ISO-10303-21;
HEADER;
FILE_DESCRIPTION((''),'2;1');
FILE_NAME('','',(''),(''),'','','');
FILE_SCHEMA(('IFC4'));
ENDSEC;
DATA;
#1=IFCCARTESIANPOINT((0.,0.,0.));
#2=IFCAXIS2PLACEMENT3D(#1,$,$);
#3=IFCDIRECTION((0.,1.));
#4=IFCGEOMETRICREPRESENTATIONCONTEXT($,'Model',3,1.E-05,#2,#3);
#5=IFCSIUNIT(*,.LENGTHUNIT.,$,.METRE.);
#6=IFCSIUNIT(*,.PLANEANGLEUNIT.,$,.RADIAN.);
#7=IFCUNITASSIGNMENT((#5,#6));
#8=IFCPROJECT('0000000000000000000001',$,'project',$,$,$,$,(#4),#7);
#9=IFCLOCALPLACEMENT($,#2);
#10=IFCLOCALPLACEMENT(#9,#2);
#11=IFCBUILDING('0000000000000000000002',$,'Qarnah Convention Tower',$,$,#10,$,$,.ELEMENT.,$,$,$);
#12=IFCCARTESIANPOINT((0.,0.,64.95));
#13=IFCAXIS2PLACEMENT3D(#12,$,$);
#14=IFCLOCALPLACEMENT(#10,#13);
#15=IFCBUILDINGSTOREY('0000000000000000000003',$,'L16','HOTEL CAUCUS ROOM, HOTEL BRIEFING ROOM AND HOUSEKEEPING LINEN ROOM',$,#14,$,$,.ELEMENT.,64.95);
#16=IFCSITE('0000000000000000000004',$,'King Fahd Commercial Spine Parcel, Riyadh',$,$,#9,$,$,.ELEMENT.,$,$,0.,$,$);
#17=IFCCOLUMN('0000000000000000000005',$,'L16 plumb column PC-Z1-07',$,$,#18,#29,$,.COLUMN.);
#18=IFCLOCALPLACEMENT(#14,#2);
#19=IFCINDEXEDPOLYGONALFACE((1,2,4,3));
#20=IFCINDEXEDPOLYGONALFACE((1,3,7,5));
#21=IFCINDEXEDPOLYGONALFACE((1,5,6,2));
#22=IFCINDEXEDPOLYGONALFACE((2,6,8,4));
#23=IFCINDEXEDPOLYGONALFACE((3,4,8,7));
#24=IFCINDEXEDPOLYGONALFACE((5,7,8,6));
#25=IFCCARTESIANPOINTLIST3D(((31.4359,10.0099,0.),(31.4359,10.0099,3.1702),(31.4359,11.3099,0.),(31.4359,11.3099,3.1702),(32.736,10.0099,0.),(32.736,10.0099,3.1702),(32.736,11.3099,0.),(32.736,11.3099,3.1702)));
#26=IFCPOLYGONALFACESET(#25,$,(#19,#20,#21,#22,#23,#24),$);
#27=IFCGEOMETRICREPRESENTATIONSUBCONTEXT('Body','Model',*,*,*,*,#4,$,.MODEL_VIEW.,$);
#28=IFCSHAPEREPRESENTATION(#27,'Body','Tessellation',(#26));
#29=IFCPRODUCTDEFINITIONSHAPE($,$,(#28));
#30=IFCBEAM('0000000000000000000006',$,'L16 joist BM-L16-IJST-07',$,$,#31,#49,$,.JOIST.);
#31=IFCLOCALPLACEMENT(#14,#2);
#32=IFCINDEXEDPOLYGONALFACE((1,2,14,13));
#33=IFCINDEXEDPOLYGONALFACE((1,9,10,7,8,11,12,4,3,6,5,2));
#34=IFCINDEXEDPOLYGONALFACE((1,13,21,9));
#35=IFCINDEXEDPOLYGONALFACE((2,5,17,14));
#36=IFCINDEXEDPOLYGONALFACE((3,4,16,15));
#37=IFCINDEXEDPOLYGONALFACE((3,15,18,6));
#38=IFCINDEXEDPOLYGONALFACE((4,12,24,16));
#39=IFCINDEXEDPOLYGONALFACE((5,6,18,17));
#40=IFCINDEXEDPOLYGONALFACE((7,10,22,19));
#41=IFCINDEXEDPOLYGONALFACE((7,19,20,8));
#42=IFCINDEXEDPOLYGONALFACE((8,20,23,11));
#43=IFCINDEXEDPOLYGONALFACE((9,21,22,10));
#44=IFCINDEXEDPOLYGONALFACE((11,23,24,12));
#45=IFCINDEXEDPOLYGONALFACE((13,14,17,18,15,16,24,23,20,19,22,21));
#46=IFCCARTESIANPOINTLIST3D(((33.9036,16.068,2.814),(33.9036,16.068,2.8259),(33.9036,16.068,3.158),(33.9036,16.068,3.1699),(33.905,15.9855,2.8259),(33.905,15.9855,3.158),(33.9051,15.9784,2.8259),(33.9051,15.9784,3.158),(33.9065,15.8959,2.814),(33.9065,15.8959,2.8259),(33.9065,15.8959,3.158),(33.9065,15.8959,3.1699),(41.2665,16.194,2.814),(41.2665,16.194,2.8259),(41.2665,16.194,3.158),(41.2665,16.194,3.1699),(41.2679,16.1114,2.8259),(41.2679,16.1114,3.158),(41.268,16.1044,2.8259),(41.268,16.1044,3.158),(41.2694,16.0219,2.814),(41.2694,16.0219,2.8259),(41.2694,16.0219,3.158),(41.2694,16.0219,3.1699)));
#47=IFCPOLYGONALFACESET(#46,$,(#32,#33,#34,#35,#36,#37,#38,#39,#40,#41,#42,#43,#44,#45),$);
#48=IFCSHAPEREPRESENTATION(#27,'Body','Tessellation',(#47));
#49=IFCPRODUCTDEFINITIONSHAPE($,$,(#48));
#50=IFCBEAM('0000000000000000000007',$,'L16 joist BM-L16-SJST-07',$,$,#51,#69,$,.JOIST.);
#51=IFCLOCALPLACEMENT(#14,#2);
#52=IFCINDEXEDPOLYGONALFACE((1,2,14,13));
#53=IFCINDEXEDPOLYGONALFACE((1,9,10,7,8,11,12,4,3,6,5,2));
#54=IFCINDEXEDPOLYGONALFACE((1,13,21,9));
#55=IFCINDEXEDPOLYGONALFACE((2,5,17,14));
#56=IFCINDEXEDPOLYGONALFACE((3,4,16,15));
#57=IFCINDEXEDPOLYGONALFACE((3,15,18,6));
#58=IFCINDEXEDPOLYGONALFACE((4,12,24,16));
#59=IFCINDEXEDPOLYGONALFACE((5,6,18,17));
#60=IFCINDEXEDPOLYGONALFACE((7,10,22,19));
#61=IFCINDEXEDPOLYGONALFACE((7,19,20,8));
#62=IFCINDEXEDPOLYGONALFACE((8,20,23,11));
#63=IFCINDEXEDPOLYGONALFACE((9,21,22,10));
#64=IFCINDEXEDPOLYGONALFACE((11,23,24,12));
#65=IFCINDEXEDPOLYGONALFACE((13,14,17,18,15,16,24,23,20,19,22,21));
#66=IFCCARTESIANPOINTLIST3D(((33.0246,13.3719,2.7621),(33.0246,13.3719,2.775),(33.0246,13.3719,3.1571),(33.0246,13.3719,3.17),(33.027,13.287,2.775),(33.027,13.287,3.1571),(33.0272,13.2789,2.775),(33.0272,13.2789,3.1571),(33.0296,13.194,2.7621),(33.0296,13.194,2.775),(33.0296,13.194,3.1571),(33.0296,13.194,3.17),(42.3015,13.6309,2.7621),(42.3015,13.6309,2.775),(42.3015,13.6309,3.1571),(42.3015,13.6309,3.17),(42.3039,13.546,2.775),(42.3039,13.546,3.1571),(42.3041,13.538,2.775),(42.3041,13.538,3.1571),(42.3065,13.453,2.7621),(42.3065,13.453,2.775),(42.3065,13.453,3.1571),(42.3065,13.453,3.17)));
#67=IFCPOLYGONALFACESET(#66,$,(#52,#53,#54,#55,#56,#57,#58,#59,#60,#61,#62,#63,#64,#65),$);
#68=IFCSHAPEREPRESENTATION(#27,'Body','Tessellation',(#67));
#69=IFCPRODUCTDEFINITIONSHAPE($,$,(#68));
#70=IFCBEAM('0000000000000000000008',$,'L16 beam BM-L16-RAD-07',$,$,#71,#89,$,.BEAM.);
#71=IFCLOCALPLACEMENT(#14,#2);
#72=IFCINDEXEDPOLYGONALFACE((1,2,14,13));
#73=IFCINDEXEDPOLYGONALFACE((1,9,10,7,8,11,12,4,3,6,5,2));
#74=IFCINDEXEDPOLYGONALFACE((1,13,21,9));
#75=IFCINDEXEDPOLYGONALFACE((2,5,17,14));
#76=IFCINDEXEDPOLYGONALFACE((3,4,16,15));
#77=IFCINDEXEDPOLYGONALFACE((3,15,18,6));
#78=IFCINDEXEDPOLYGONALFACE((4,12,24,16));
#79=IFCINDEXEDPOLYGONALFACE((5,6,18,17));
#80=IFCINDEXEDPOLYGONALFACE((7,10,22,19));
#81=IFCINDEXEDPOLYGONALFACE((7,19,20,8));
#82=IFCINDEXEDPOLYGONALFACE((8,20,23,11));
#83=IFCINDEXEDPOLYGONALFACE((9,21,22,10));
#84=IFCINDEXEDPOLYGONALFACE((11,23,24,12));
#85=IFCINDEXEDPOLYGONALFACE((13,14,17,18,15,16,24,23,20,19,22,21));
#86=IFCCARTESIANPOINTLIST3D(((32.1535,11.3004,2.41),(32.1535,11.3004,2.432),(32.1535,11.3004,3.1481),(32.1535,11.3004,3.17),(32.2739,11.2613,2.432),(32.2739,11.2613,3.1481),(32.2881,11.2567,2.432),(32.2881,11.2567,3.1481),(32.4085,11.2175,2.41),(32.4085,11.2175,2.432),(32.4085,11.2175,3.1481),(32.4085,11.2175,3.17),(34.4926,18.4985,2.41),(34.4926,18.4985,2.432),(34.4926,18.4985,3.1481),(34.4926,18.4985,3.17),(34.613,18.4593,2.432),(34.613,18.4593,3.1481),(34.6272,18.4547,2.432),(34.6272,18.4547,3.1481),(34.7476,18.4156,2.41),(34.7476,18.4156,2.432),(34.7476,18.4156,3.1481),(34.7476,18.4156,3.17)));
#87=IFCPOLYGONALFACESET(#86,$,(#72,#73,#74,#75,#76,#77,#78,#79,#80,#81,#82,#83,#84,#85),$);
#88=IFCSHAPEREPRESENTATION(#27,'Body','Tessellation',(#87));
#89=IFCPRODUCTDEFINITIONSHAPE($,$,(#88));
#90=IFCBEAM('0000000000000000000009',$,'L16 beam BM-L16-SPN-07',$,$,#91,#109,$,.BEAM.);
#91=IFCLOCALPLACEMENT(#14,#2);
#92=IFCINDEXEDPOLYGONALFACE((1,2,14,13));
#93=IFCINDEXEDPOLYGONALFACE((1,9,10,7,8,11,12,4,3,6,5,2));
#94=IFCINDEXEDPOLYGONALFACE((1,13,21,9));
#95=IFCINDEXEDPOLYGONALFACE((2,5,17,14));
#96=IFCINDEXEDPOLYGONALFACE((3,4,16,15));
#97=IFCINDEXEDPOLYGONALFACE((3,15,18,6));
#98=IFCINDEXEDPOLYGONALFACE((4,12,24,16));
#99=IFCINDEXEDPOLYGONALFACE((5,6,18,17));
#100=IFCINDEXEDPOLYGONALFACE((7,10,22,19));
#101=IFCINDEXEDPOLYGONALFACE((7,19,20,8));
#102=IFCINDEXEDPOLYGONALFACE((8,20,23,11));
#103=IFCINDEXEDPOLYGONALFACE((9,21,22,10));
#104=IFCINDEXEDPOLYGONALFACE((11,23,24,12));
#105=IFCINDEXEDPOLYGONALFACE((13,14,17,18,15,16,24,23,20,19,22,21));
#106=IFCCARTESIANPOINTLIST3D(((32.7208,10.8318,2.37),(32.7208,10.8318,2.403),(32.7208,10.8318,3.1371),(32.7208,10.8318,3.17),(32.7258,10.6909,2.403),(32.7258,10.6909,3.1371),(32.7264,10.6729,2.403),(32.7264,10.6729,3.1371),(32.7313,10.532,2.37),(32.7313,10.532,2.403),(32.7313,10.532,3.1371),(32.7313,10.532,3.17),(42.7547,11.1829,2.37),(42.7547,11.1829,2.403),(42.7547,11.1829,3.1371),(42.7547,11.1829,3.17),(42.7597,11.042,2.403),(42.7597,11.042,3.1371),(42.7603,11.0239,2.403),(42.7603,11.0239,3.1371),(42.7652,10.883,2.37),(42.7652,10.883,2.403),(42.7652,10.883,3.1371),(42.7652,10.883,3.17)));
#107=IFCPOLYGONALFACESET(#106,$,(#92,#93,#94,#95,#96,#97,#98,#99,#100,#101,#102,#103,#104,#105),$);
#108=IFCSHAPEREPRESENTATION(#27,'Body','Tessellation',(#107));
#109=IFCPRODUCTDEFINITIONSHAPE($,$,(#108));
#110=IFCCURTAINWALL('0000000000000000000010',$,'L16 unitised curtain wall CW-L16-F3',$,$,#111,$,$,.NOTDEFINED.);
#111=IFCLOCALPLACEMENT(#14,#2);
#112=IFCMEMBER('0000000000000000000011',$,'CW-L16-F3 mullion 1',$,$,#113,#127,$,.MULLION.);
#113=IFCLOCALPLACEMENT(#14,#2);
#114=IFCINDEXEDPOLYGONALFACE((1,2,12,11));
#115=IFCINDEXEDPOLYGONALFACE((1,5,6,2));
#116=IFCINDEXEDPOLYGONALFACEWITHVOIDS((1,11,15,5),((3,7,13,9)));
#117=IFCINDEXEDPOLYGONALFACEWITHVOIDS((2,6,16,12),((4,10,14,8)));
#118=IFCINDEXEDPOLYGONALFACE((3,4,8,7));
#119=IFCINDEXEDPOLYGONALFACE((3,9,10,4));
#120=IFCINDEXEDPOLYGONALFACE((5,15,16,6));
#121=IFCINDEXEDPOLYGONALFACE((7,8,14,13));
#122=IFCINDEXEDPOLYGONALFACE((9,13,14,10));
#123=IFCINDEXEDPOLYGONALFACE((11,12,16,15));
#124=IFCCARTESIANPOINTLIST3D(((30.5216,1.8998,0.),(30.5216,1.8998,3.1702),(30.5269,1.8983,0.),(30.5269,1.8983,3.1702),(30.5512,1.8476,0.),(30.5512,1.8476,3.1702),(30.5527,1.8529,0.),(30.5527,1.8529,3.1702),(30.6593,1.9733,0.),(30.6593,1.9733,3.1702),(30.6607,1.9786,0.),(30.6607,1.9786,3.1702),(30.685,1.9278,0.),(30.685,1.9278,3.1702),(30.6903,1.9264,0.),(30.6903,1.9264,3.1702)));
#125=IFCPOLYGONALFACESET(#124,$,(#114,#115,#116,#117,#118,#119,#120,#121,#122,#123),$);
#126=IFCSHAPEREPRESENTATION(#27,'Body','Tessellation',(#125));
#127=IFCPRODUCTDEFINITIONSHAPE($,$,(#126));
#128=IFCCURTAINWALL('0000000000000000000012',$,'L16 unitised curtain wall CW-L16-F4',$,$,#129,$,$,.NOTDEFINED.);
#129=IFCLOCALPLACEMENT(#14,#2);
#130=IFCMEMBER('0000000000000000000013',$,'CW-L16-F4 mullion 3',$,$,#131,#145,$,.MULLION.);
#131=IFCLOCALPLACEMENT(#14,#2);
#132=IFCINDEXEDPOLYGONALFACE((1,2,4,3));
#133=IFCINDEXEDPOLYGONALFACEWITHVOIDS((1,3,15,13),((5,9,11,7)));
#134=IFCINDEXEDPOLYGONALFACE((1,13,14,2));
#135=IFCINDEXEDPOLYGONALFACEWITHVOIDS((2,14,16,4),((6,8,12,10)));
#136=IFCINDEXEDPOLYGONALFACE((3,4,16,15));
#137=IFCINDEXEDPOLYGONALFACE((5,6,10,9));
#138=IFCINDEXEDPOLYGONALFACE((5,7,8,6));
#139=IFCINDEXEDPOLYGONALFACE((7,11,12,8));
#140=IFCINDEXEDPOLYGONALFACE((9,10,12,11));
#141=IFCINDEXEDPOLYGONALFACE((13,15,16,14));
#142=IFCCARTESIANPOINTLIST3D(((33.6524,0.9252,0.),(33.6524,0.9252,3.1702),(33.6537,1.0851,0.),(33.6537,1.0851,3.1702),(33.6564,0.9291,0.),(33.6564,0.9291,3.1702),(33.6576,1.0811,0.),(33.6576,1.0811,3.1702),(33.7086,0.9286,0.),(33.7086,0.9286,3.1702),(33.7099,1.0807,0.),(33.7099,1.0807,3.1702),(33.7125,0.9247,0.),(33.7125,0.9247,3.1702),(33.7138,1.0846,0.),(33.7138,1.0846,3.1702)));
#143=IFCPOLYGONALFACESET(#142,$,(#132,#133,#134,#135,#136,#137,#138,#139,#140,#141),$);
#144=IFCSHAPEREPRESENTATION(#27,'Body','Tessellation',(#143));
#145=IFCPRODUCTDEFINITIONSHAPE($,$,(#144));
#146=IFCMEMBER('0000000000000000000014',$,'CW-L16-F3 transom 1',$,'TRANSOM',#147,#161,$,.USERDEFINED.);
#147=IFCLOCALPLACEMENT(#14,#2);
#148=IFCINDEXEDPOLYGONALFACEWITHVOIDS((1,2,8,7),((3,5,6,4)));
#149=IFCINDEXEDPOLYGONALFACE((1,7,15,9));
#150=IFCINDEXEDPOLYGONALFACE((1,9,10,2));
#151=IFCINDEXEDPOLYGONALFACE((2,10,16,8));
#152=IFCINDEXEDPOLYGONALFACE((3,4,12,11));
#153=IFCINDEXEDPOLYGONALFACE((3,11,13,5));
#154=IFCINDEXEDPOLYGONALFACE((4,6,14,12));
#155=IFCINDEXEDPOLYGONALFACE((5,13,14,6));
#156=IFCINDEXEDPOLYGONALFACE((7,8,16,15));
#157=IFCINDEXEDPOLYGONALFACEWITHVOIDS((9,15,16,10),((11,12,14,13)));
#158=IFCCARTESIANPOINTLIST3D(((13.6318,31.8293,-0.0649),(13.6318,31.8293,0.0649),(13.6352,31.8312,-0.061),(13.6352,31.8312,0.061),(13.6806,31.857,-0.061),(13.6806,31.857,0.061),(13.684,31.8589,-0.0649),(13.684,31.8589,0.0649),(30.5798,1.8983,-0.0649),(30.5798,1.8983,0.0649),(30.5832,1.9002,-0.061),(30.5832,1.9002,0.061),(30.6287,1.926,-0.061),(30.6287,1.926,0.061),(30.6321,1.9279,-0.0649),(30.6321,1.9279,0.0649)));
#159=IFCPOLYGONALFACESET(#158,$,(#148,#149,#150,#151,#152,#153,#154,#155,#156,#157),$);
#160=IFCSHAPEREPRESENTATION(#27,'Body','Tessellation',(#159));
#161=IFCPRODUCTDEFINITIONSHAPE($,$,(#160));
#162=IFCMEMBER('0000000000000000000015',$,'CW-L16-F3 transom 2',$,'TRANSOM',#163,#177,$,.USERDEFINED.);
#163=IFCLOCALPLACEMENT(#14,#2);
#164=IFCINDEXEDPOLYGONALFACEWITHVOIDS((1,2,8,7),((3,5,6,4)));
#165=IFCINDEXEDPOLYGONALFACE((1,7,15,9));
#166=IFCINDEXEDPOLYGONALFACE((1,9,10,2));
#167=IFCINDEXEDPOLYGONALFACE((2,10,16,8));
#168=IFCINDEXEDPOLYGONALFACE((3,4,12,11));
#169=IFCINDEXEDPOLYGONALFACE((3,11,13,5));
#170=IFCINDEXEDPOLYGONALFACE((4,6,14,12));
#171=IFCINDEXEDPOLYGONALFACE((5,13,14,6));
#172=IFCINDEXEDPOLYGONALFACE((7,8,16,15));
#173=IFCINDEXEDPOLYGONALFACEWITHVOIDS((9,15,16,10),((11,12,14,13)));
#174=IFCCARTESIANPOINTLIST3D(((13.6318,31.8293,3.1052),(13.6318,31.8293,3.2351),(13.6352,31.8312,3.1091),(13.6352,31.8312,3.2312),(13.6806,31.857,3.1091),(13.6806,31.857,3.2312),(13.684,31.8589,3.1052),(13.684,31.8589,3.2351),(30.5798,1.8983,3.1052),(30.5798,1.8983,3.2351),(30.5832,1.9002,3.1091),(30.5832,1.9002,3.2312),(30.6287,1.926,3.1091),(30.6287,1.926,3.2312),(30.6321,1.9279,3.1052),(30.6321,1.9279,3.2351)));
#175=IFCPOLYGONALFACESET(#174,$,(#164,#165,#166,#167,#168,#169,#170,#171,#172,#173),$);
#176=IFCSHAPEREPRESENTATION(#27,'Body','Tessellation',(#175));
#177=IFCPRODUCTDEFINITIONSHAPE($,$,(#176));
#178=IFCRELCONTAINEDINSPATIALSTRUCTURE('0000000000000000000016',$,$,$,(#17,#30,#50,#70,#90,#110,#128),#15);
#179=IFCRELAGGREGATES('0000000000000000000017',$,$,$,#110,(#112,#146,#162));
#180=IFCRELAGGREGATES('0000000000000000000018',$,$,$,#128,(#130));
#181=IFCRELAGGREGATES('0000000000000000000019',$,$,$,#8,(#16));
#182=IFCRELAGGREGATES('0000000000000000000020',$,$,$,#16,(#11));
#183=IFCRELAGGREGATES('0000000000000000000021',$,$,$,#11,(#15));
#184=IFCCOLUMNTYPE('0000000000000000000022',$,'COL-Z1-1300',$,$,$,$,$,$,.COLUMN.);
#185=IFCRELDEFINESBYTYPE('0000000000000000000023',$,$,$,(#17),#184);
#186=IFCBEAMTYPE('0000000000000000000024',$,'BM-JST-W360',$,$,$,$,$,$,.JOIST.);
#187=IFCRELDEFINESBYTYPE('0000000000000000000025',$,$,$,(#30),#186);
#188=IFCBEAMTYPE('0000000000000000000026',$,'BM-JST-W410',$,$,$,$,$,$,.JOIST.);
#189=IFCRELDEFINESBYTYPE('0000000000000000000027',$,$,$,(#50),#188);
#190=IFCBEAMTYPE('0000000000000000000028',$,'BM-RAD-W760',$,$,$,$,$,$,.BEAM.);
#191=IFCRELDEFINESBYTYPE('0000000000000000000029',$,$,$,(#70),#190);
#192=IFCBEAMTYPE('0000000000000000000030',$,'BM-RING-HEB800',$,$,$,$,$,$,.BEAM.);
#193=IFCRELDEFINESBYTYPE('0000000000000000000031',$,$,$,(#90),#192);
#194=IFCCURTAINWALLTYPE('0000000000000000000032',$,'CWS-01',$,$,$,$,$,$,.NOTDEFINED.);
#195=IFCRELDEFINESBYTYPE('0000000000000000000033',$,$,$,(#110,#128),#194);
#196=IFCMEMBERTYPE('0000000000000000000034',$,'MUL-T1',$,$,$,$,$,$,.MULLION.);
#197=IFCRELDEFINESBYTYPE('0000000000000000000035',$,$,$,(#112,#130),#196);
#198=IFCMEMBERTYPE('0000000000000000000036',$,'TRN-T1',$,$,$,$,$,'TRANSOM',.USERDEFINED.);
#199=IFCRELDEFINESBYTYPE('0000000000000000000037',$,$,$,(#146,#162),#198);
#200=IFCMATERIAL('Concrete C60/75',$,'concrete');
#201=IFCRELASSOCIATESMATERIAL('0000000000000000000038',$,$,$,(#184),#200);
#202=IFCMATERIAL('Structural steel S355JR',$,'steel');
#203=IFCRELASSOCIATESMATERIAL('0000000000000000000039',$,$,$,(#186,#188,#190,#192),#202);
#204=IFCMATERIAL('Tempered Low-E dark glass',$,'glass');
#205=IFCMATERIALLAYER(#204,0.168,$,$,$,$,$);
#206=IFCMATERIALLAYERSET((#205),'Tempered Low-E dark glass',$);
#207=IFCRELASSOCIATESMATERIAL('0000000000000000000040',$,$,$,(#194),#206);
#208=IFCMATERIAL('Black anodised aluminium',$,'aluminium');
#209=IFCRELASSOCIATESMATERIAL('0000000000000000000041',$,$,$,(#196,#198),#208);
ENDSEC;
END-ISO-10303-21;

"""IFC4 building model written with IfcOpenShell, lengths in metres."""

from ifc_helpers import new_model, si_unit, direction, frame, origin, origin_2d, place, context, subcontext, project, spatial, rectangle, hollow_rectangle, i_section, extrude, material, layer, layer_set, material_profile, profile_set, type_object, element, aggregate, save


model = new_model("IFC4")

# Units and contexts
model_context = context("Model", 3, precision=1e-05, world=origin(), true_north=direction((0.0, 1.0)))
body_context = subcontext(model_context, "Body", "Model", "MODEL_VIEW")
ifc_project = project(units=[si_unit("LENGTHUNIT", "METRE"), si_unit("PLANEANGLEUNIT", "RADIAN")], contexts=[model_context])

# Site, building, storey
site_placement = place(None, origin())
site = spatial("IfcSite", under=ifc_project, at=site_placement, Name="King Fahd Commercial Spine Parcel, Riyadh", CompositionType="ELEMENT", RefElevation=0.0)
building_placement = place(site_placement, origin())
building = spatial("IfcBuilding", under=site, at=building_placement, Name="Qarnah Convention Tower", CompositionType="ELEMENT")
storey_placement = place(building_placement, frame((0.0, 0.0, 64.95)))
storey = spatial("IfcBuildingStorey", under=building, at=storey_placement, Name="L16", Description="HOTEL CAUCUS ROOM, HOTEL BRIEFING ROOM AND HOUSEKEEPING LINEN ROOM", CompositionType="ELEMENT", Elevation=64.95)

# Column
ifc_material_1 = material(Name="Concrete C60/75", Category="concrete")
ifc_material_profile_1 = material_profile(ifc_material_1, rectangle(XDim=1.3, YDim=1.3, at=origin_2d()), Name="RC-COL-1300X1300")
ifc_profile_set_1 = profile_set([ifc_material_profile_1], Name="Concrete C60/75")
column_type = type_object("IfcColumnType", Name="COL-Z1-1300", PredefinedType="COLUMN", material=ifc_profile_set_1)
column_placement = place(storey_placement, frame((32.0859, 10.6599, 0.0), z_axis=(0.0, 0.0, 1.0), x_axis=(1.0, 0.0, 0.0)))
element("IfcColumn", 1, at=column_placement, inside=storey, type_object=column_type, Name="L16 plumb column PC-Z1-07", PredefinedType="COLUMN", context=body_context, shape_type="SweptSolid", body=[
    extrude(rectangle(XDim=1.3, YDim=1.3, at=origin_2d()), origin(), (0.0, 0.0, 1.0), 3.1702),
])

# Beams
ifc_material_2 = material(Name="Structural steel S355JR", Category="steel")
ifc_material_profile_2 = material_profile(ifc_material_2, i_section(OverallWidth=0.1721, OverallDepth=0.356, WebThickness=0.0071, FlangeThickness=0.012, at=origin_2d()), Name="W360X51")
ifc_profile_set_2 = profile_set([ifc_material_profile_2], Name="Structural steel S355JR")
beam_type_1 = type_object("IfcBeamType", Name="BM-JST-W360", PredefinedType="JOIST", material=ifc_profile_set_2)
beam_1_placement = place(storey_placement, frame((33.905, 15.9819, 2.9919), z_axis=(0.999854, 0.017107, 0.0), x_axis=(-0.017107, 0.999854, 0.0)))
element("IfcBeam", 2, at=beam_1_placement, inside=storey, type_object=beam_type_1, Name="L16 joist BM-L16-IJST-07", PredefinedType="JOIST", context=body_context, shape_type="SweptSolid", body=[
    extrude(i_section(OverallWidth=0.1721, OverallDepth=0.356, WebThickness=0.0071, FlangeThickness=0.012, at=origin_2d()), origin(), (0.0, 0.0, 1.0), 7.364),
])
ifc_material_profile_3 = material_profile(ifc_material_2, i_section(OverallWidth=0.178, OverallDepth=0.408, WebThickness=0.0081, FlangeThickness=0.0129, at=origin_2d()), Name="W410X60")
ifc_profile_set_3 = profile_set([ifc_material_profile_3], Name="Structural steel S355JR")
beam_type_2 = type_object("IfcBeamType", Name="BM-JST-W410", PredefinedType="JOIST", material=ifc_profile_set_3)
beam_2_placement = place(storey_placement, frame((33.0271, 13.283, 2.9661), z_axis=(0.99961, 0.027912, 0.0), x_axis=(-0.027912, 0.99961, 0.0)))
element("IfcBeam", 3, at=beam_2_placement, inside=storey, type_object=beam_type_2, Name="L16 joist BM-L16-SJST-07", PredefinedType="JOIST", context=body_context, shape_type="SweptSolid", body=[
    extrude(i_section(OverallWidth=0.178, OverallDepth=0.408, WebThickness=0.0081, FlangeThickness=0.0129, at=origin_2d()), origin(), (0.0, 0.0, 1.0), 9.2805),
])
ifc_material_profile_4 = material_profile(ifc_material_2, i_section(OverallWidth=0.2681, OverallDepth=0.76, WebThickness=0.0149, FlangeThickness=0.022, at=origin_2d()), Name="W760X185")
ifc_profile_set_4 = profile_set([ifc_material_profile_4], Name="Structural steel S355JR")
beam_type_3 = type_object("IfcBeamType", Name="BM-RAD-W760", PredefinedType="BEAM", material=ifc_profile_set_4)
beam_3_placement = place(storey_placement, frame((34.6201, 18.457, 2.79), z_axis=(-0.309058, -0.951043, 0.0), x_axis=(0.951043, -0.309058, 0.0)))
element("IfcBeam", 4, at=beam_3_placement, inside=storey, type_object=beam_type_3, Name="L16 beam BM-L16-RAD-07", PredefinedType="BEAM", context=body_context, shape_type="SweptSolid", body=[
    extrude(i_section(OverallWidth=0.2681, OverallDepth=0.76, WebThickness=0.0149, FlangeThickness=0.022, at=origin_2d()), origin(), (0.0, 0.0, 1.0), 7.5686),
])
ifc_material_profile_5 = material_profile(ifc_material_2, i_section(OverallWidth=0.3, OverallDepth=0.8, WebThickness=0.0181, FlangeThickness=0.033, at=origin_2d()), Name="HEB800")
ifc_profile_set_5 = profile_set([ifc_material_profile_5], Name="Structural steel S355JR")
beam_type_4 = type_object("IfcBeamType", Name="BM-RING-HEB800", PredefinedType="BEAM", material=ifc_profile_set_5)
beam_4_placement = place(storey_placement, frame((32.7261, 10.6819, 2.77), z_axis=(0.999388, 0.034967, 0.0), x_axis=(-0.034967, 0.999388, 0.0)))
element("IfcBeam", 5, at=beam_4_placement, inside=storey, type_object=beam_type_4, Name="L16 beam BM-L16-SPN-07", PredefinedType="BEAM", context=body_context, shape_type="SweptSolid", body=[
    extrude(i_section(OverallWidth=0.3, OverallDepth=0.8, WebThickness=0.0181, FlangeThickness=0.033, at=origin_2d()), origin(), (0.0, 0.0, 1.0), 10.04),
])

# Curtain walls, members
ifc_material_3 = material(Name="Tempered Low-E dark glass", Category="glass")
ifc_layer_1 = layer(ifc_material_3, 0.168)
ifc_layer_set_1 = layer_set([ifc_layer_1], Name="Tempered Low-E dark glass")
curtain_wall_type = type_object("IfcCurtainWallType", Name="CWS-01", PredefinedType="NOTDEFINED", material=ifc_layer_set_1)
curtain_wall_1_placement = place(storey_placement, origin())
curtain_wall_1 = element("IfcCurtainWall", 6, at=curtain_wall_1_placement, inside=storey, type_object=curtain_wall_type, Name="L16 unitised curtain wall CW-L16-F3", PredefinedType="NOTDEFINED")
ifc_material_4 = material(Name="Black anodised aluminium", Category="aluminium")
ifc_material_profile_6 = material_profile(ifc_material_4, hollow_rectangle(XDim=0.0601, YDim=0.1599, WallThickness=0.0039, at=origin_2d()), Name="MUL-60X160")
ifc_profile_set_6 = profile_set([ifc_material_profile_6], Name="Black anodised aluminium")
member_type_1 = type_object("IfcMemberType", Name="MUL-T1", PredefinedType="MULLION", material=ifc_profile_set_6)
member_1_placement = place(storey_placement, frame((30.606, 1.9131, 0.0), z_axis=(0.0, 0.0, 1.0), x_axis=(-0.492729, 0.870183, 0.0)))
member_1 = element("IfcMember", 7, at=member_1_placement, type_object=member_type_1, Name="CW-L16-F3 mullion 1", PredefinedType="MULLION", context=body_context, shape_type="SweptSolid", body=[
    extrude(hollow_rectangle(XDim=0.0601, YDim=0.1599, WallThickness=0.0039, at=origin_2d()), origin(), (0.0, 0.0, 1.0), 3.1702),
])
curtain_wall_2_placement = place(storey_placement, origin())
curtain_wall_2 = element("IfcCurtainWall", 8, at=curtain_wall_2_placement, inside=storey, type_object=curtain_wall_type, Name="L16 unitised curtain wall CW-L16-F4", PredefinedType="NOTDEFINED")
member_2_placement = place(storey_placement, frame((33.6831, 1.0049, 0.0), z_axis=(0.0, 0.0, 1.0), x_axis=(-0.999966, 0.00828, 0.0)))
member_2 = element("IfcMember", 9, at=member_2_placement, type_object=member_type_1, Name="CW-L16-F4 mullion 3", PredefinedType="MULLION", context=body_context, shape_type="SweptSolid", body=[
    extrude(hollow_rectangle(XDim=0.0601, YDim=0.1599, WallThickness=0.0039, at=origin_2d()), origin(), (0.0, 0.0, 1.0), 3.1702),
])

# Members
ifc_material_profile_7 = material_profile(ifc_material_4, hollow_rectangle(XDim=0.0601, YDim=0.1299, WallThickness=0.0039, at=origin_2d()), Name="TRN-60X130")
ifc_profile_set_7 = profile_set([ifc_material_profile_7], Name="Black anodised aluminium")
member_type_2 = type_object("IfcMemberType", Name="TRN-T1", ElementType="TRANSOM", PredefinedType="USERDEFINED", material=ifc_profile_set_7)
member_3_placement = place(storey_placement, frame((30.606, 1.9131, 0.0), z_axis=(-0.49273, 0.870182, 0.0), x_axis=(-0.870182, -0.49273, 0.0)))
member_3 = element("IfcMember", 10, at=member_3_placement, type_object=member_type_2, Name="CW-L16-F3 transom 1", ObjectType="TRANSOM", PredefinedType="USERDEFINED", context=body_context, shape_type="SweptSolid", body=[
    extrude(hollow_rectangle(XDim=0.0601, YDim=0.1299, WallThickness=0.0039, at=origin_2d()), origin(), (0.0, 0.0, 1.0), 34.3962),
])
member_4_placement = place(storey_placement, frame((30.606, 1.9131, 3.1702), z_axis=(-0.49273, 0.870182, 0.0), x_axis=(-0.870182, -0.49273, 0.0)))
member_4 = element("IfcMember", 11, at=member_4_placement, type_object=member_type_2, Name="CW-L16-F3 transom 2", ObjectType="TRANSOM", PredefinedType="USERDEFINED", context=body_context, shape_type="SweptSolid", body=[
    extrude(hollow_rectangle(XDim=0.0601, YDim=0.1299, WallThickness=0.0039, at=origin_2d()), origin(), (0.0, 0.0, 1.0), 34.3962),
])

aggregate(curtain_wall_1, [member_1, member_3, member_4])
aggregate(curtain_wall_2, [member_2])

save(model, "model.ifc")
